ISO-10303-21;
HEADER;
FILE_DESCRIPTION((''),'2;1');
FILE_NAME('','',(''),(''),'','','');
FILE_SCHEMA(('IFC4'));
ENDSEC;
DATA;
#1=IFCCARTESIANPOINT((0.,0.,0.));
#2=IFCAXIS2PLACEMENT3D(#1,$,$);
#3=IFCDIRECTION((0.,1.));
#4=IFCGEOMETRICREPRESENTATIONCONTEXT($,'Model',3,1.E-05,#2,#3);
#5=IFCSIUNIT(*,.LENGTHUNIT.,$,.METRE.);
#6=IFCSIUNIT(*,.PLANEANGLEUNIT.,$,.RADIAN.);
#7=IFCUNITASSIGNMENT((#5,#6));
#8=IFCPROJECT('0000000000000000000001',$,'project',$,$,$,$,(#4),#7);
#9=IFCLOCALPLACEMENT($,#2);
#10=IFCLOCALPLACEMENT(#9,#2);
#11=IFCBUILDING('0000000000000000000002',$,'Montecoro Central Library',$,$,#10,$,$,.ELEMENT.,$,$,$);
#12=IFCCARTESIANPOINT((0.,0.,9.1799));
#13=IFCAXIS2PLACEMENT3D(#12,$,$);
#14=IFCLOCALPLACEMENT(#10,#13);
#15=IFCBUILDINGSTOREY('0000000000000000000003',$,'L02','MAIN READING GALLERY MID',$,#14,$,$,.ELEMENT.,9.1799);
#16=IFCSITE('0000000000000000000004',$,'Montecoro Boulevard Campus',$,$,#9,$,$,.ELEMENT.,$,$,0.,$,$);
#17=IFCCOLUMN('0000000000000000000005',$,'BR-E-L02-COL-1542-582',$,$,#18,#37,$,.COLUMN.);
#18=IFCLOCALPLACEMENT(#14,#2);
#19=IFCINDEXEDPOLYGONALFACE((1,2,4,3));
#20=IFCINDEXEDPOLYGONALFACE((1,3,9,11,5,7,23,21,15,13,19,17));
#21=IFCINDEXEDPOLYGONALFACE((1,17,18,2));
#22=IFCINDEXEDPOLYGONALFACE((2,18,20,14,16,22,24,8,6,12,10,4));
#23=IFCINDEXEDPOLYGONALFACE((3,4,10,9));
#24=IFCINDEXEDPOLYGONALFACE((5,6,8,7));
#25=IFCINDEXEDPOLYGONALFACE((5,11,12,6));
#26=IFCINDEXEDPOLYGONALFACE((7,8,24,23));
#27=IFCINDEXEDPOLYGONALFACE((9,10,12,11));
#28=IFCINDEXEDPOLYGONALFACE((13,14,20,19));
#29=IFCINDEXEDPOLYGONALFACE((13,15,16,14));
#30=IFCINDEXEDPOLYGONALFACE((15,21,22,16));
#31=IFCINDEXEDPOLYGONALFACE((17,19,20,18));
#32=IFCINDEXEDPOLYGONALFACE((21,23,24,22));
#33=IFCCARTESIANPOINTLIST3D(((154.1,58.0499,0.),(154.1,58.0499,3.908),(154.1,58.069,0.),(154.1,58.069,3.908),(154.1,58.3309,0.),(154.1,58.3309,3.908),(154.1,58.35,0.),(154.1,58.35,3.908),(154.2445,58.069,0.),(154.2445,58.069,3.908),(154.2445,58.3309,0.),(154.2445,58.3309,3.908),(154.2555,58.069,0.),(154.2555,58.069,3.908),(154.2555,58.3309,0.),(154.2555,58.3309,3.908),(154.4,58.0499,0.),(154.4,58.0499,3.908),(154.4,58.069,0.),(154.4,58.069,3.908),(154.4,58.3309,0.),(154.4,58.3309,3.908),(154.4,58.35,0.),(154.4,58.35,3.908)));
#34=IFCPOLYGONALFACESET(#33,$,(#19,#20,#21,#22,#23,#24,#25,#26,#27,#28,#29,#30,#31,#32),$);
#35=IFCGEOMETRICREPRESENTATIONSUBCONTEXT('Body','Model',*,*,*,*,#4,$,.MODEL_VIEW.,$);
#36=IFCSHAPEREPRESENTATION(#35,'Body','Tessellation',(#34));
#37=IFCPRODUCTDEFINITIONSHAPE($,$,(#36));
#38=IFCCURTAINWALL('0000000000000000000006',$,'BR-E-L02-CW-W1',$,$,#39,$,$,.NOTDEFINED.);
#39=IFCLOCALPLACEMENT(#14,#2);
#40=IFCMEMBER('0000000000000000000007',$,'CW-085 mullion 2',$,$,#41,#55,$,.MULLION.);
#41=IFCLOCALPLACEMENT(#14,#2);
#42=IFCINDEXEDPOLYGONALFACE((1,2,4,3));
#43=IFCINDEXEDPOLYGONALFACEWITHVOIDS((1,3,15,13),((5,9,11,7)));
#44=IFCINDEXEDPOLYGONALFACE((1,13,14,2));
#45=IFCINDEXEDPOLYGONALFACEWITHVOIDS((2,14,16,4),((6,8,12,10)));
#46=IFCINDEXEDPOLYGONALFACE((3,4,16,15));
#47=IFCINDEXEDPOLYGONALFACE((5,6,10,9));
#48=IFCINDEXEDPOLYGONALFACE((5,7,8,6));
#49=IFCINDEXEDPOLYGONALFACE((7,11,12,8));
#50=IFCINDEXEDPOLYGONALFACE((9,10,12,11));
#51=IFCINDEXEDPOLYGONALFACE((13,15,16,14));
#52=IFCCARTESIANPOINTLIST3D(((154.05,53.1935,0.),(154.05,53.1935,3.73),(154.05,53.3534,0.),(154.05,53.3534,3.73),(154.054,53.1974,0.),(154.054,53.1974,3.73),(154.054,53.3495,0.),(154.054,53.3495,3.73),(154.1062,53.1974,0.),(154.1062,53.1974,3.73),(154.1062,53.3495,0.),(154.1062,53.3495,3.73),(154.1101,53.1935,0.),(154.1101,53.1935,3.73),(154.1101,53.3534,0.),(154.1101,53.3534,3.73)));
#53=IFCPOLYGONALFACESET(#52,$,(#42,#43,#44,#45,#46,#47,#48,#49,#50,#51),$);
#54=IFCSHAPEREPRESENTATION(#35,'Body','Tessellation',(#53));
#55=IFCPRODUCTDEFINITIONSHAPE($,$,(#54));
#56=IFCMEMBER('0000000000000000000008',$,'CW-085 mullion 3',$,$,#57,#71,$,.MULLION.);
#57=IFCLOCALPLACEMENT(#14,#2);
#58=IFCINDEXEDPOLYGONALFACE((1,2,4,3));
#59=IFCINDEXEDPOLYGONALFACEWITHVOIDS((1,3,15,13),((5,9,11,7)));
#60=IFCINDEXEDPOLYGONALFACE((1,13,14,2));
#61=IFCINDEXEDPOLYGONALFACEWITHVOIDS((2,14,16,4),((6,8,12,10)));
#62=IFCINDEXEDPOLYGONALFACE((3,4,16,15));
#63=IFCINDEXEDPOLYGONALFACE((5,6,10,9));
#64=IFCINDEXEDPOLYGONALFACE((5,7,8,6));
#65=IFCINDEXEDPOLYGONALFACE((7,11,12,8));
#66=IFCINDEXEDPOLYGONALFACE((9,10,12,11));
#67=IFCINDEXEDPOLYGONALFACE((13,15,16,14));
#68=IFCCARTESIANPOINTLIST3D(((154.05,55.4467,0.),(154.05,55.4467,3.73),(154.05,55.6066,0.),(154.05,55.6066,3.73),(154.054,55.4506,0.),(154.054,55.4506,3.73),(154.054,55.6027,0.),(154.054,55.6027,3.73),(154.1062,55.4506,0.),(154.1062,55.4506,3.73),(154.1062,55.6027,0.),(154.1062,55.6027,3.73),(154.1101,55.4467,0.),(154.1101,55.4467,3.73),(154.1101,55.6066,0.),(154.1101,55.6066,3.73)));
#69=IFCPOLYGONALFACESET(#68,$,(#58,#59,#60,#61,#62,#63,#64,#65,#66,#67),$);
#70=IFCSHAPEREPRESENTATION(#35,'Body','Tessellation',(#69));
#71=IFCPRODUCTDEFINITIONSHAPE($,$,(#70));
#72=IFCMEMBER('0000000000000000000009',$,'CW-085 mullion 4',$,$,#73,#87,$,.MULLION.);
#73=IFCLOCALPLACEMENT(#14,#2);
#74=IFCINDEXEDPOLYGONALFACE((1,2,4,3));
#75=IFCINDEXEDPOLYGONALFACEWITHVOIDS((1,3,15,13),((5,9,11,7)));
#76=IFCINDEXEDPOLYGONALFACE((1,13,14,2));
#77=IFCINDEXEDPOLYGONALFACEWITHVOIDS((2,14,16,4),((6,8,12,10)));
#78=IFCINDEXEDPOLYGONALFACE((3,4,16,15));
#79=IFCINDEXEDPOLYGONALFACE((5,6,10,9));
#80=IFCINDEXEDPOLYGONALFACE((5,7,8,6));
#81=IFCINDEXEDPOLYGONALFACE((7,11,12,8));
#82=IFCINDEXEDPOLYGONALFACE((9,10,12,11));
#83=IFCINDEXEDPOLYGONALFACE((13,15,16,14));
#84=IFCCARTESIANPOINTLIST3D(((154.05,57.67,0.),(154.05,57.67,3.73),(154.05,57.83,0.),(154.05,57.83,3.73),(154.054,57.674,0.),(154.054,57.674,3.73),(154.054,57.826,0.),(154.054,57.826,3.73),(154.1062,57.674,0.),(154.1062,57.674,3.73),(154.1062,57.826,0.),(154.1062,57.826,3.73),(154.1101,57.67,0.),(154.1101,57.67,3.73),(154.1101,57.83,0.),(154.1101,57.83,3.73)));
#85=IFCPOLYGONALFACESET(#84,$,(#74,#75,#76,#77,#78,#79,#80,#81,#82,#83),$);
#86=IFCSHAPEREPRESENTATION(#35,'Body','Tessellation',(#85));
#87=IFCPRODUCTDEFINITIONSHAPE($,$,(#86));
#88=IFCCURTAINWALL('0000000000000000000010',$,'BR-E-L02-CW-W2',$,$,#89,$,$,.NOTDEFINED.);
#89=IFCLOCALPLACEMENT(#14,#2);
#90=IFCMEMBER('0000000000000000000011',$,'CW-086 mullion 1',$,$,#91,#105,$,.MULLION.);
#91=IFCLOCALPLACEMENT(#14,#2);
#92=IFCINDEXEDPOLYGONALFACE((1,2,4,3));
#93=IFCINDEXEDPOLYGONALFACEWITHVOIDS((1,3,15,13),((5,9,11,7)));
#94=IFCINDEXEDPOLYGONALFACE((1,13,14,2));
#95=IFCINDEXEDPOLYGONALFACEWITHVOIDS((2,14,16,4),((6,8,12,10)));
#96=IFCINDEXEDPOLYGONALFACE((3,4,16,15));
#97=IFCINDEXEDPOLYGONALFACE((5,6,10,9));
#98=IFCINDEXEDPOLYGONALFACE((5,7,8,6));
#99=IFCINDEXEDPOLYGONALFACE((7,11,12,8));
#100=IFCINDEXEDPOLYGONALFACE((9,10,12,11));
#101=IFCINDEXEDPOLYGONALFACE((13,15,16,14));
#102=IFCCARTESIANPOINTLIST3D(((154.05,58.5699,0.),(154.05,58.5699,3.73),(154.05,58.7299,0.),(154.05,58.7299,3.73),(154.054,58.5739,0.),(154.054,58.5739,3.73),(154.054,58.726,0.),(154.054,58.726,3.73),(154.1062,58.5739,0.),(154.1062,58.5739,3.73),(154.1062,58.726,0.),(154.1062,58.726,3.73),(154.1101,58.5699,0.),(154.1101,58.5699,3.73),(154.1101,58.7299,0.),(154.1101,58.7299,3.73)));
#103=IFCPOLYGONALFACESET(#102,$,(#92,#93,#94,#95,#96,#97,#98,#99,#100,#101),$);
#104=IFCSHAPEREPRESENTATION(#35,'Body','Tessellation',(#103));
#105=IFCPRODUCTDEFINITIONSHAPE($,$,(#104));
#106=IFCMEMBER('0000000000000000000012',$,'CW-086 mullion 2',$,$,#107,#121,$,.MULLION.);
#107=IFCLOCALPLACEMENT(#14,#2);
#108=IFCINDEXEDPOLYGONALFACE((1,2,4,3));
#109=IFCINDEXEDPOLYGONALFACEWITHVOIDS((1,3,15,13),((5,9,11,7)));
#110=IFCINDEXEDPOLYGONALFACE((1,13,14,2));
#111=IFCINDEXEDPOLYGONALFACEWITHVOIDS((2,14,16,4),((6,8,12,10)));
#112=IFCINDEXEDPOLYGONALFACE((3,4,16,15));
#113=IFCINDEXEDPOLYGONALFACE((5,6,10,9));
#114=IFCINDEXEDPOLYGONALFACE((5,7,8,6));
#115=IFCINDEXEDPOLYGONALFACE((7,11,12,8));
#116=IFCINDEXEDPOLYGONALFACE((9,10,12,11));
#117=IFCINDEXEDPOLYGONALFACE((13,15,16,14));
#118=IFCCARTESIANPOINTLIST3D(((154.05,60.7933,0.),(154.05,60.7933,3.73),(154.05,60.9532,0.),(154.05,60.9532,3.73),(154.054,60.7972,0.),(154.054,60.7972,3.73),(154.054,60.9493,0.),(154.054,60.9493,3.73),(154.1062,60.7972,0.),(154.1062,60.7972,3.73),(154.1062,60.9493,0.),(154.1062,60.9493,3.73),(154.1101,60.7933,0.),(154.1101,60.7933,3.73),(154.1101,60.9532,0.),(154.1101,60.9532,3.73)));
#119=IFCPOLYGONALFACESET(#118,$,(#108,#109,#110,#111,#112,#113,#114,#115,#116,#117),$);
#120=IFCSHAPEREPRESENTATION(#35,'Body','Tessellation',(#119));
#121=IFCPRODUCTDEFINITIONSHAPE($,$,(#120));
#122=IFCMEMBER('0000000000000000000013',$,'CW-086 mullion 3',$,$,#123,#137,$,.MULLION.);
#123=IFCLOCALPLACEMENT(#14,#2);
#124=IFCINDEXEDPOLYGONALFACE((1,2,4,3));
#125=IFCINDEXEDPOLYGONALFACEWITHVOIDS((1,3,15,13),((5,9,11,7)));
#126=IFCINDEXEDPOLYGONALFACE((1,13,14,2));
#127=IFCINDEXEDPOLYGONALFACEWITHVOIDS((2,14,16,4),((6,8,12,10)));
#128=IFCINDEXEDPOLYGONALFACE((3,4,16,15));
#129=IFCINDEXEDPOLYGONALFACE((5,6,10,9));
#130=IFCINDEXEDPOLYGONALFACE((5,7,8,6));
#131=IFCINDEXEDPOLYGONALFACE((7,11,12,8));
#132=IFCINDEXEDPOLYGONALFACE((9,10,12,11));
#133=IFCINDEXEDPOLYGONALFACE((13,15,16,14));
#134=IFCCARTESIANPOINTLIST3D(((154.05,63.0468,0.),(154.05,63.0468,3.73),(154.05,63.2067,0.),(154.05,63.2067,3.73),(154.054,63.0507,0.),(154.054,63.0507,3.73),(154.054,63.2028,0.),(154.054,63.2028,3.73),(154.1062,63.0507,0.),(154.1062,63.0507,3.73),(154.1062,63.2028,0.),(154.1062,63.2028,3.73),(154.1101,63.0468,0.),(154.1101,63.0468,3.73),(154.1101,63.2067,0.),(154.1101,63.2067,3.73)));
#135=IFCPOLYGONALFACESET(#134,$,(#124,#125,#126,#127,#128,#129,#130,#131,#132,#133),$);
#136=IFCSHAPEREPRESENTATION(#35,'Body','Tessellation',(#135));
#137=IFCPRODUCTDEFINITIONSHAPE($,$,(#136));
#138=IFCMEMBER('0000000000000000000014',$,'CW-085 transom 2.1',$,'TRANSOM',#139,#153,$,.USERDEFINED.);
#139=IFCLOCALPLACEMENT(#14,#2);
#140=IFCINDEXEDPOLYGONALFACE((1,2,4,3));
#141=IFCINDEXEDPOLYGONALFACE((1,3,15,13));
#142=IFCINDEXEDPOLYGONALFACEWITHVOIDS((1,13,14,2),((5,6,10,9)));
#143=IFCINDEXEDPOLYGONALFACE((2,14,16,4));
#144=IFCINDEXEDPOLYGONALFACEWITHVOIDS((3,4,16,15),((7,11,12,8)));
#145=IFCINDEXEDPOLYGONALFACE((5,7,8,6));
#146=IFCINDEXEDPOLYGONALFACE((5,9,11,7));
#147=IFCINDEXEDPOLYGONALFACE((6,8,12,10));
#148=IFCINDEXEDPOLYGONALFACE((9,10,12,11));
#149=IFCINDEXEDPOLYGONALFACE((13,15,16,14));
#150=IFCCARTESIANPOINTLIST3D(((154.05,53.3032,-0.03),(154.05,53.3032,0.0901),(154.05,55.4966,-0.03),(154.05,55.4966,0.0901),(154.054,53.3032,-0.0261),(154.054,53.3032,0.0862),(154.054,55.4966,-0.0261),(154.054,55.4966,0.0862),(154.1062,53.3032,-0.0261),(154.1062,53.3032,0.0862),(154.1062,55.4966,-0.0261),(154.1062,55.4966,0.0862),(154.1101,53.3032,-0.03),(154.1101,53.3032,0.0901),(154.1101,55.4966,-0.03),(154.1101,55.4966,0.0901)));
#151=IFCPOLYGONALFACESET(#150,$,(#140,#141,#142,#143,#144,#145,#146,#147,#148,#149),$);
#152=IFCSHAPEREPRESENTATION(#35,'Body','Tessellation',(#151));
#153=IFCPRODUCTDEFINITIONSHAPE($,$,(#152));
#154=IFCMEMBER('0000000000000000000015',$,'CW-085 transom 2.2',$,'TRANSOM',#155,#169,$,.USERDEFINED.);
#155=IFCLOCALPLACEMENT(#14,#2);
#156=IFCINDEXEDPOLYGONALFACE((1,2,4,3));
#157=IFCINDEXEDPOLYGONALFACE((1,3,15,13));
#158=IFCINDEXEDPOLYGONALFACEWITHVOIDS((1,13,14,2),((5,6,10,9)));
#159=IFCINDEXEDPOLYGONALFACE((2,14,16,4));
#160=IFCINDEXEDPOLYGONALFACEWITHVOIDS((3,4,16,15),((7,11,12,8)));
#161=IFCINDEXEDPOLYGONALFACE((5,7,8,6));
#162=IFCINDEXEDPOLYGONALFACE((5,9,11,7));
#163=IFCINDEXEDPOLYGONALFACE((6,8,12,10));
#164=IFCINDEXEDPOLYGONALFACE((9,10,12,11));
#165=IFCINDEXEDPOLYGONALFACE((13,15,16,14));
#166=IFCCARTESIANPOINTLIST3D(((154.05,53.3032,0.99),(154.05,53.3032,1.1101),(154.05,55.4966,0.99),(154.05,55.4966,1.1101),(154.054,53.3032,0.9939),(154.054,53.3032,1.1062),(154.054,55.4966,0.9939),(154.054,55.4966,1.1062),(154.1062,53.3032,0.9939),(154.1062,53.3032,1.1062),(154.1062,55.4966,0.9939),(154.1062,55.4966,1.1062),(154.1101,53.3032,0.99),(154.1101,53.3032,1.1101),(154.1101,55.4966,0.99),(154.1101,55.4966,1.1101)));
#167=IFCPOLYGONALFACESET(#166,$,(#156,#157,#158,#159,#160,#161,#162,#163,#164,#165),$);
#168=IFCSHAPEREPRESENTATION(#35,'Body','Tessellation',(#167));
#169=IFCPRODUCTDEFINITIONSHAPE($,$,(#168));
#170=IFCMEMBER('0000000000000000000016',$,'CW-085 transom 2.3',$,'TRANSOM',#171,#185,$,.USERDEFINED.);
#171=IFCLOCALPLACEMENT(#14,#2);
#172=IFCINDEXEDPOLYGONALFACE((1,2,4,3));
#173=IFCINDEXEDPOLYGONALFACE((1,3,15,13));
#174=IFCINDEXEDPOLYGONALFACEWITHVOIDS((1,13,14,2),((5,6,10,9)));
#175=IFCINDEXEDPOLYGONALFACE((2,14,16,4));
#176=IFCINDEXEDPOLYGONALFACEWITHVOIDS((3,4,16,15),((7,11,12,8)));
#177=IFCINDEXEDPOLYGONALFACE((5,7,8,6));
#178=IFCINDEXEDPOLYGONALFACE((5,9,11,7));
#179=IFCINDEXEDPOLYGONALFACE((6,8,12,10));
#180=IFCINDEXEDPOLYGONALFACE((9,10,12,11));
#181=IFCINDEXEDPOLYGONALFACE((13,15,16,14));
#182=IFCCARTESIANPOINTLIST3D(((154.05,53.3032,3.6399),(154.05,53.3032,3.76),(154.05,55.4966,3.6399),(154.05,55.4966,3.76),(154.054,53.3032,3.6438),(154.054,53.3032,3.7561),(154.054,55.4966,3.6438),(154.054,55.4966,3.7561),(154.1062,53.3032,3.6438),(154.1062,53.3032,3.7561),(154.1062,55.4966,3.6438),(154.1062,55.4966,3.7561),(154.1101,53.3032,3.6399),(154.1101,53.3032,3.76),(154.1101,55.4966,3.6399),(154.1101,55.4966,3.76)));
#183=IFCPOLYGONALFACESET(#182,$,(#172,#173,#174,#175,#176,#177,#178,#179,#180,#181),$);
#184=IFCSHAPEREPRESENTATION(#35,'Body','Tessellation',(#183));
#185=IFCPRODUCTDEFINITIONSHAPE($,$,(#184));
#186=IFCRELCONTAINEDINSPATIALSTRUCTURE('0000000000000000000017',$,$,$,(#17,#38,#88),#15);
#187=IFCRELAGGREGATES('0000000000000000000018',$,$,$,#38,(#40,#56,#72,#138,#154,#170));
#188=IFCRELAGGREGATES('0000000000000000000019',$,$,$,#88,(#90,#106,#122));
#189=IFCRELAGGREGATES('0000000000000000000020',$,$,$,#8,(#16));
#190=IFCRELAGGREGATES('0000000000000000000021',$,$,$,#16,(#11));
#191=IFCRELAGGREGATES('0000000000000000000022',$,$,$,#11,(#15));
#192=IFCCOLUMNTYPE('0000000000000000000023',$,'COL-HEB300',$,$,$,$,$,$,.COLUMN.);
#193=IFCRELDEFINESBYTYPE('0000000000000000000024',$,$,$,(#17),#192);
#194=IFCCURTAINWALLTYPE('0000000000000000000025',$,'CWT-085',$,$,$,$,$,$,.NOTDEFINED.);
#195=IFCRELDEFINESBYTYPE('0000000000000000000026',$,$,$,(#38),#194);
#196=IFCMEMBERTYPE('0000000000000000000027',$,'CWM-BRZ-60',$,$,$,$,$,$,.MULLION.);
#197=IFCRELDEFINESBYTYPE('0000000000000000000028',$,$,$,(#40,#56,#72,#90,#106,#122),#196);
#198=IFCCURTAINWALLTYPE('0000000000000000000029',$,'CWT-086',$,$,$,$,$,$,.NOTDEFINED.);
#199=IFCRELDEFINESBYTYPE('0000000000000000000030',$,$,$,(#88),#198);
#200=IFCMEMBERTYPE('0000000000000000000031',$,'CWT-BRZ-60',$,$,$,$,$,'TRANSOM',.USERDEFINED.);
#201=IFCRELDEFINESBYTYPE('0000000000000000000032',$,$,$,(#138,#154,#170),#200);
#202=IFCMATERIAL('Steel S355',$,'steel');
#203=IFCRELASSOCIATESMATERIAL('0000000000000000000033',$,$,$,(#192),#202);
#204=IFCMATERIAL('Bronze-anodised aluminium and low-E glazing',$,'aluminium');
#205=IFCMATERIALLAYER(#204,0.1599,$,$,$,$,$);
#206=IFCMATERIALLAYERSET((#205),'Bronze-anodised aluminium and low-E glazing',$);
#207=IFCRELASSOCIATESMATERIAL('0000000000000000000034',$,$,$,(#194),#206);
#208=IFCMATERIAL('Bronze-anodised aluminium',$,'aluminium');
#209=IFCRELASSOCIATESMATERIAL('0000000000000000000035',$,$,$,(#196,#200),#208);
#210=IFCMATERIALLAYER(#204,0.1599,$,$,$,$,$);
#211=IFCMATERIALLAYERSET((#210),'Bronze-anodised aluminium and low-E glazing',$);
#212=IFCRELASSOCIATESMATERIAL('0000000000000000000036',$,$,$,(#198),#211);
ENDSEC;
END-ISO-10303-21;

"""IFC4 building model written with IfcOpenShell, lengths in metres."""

from ifc_helpers import new_model, si_unit, direction, frame, origin, origin_2d, place, context, subcontext, project, spatial, hollow_rectangle, i_section, extrude, material, layer, layer_set, material_profile, profile_set, type_object, element, aggregate, save


model = new_model("IFC4")

# Units and contexts
model_context = context("Model", 3, precision=1e-05, world=origin(), true_north=direction((0.0, 1.0)))
body_context = subcontext(model_context, "Body", "Model", "MODEL_VIEW")
ifc_project = project(units=[si_unit("LENGTHUNIT", "METRE"), si_unit("PLANEANGLEUNIT", "RADIAN")], contexts=[model_context])

# Site, building, storey
site_placement = place(None, origin())
site = spatial("IfcSite", under=ifc_project, at=site_placement, Name="Montecoro Boulevard Campus", CompositionType="ELEMENT", RefElevation=0.0)
building_placement = place(site_placement, origin())
building = spatial("IfcBuilding", under=site, at=building_placement, Name="Montecoro Central Library", CompositionType="ELEMENT")
storey_placement = place(building_placement, frame((0.0, 0.0, 9.1799)))
storey = spatial("IfcBuildingStorey", under=building, at=storey_placement, Name="L02", Description="MAIN READING GALLERY MID", CompositionType="ELEMENT", Elevation=9.1799)

# Column
ifc_material_1 = material(Name="Steel S355", Category="steel")
ifc_material_profile_1 = material_profile(ifc_material_1, i_section(OverallWidth=0.3, OverallDepth=0.3, WebThickness=0.011, FlangeThickness=0.019, at=origin_2d()), Name="HEB 300")
ifc_profile_set_1 = profile_set([ifc_material_profile_1], Name="Steel S355")
column_type = type_object("IfcColumnType", Name="COL-HEB300", PredefinedType="COLUMN", material=ifc_profile_set_1)
column_placement = place(storey_placement, frame((154.25, 58.2, 0.0), z_axis=(0.0, 0.0, 1.0), x_axis=(1.0, 0.0, 0.0)))
element("IfcColumn", 1, at=column_placement, inside=storey, type_object=column_type, Name="BR-E-L02-COL-1542-582", PredefinedType="COLUMN", context=body_context, shape_type="SweptSolid", body=[
    extrude(i_section(OverallWidth=0.3, OverallDepth=0.3, WebThickness=0.011, FlangeThickness=0.019, at=origin_2d()), origin(), (0.0, 0.0, 1.0), 3.908),
])

# Curtain walls, members
ifc_material_2 = material(Name="Bronze-anodised aluminium and low-E glazing", Category="aluminium")
ifc_layer_1 = layer(ifc_material_2, 0.1599)
ifc_layer_set_1 = layer_set([ifc_layer_1], Name="Bronze-anodised aluminium and low-E glazing")
curtain_wall_type_1 = type_object("IfcCurtainWallType", Name="CWT-085", PredefinedType="NOTDEFINED", material=ifc_layer_set_1)
curtain_wall_1_placement = place(storey_placement, origin())
curtain_wall_1 = element("IfcCurtainWall", 2, at=curtain_wall_1_placement, inside=storey, type_object=curtain_wall_type_1, Name="BR-E-L02-CW-W1", PredefinedType="NOTDEFINED")
ifc_material_3 = material(Name="Bronze-anodised aluminium", Category="aluminium")
ifc_material_profile_2 = material_profile(ifc_material_3, hollow_rectangle(XDim=0.0601, YDim=0.1599, WallThickness=0.0039, at=origin_2d()), Name="CWM 160x60x4.0")
ifc_profile_set_2 = profile_set([ifc_material_profile_2], Name="Bronze-anodised aluminium")
member_type_1 = type_object("IfcMemberType", Name="CWM-BRZ-60", PredefinedType="MULLION", material=ifc_profile_set_2)
member_1_placement = place(storey_placement, frame((154.0801, 53.2734, 0.0), z_axis=(0.0, 0.0, 1.0), x_axis=(-1.0, 0.0, 0.0)))
member_1 = element("IfcMember", 3, at=member_1_placement, type_object=member_type_1, Name="CW-085 mullion 2", PredefinedType="MULLION", context=body_context, shape_type="SweptSolid", body=[
    extrude(hollow_rectangle(XDim=0.0601, YDim=0.1599, WallThickness=0.0039, at=origin_2d()), origin(), (0.0, 0.0, 1.0), 3.73),
])
member_2_placement = place(storey_placement, frame((154.0801, 55.5266, 0.0), z_axis=(0.0, 0.0, 1.0), x_axis=(-1.0, 0.0, 0.0)))
member_2 = element("IfcMember", 4, at=member_2_placement, type_object=member_type_1, Name="CW-085 mullion 3", PredefinedType="MULLION", context=body_context, shape_type="SweptSolid", body=[
    extrude(hollow_rectangle(XDim=0.0601, YDim=0.1599, WallThickness=0.0039, at=origin_2d()), origin(), (0.0, 0.0, 1.0), 3.73),
])
member_3_placement = place(storey_placement, frame((154.0801, 57.75, 0.0), z_axis=(0.0, 0.0, 1.0), x_axis=(-1.0, 0.0, 0.0)))
member_3 = element("IfcMember", 5, at=member_3_placement, type_object=member_type_1, Name="CW-085 mullion 4", PredefinedType="MULLION", context=body_context, shape_type="SweptSolid", body=[
    extrude(hollow_rectangle(XDim=0.0601, YDim=0.1599, WallThickness=0.0039, at=origin_2d()), origin(), (0.0, 0.0, 1.0), 3.73),
])
ifc_layer_2 = layer(ifc_material_2, 0.1599)
ifc_layer_set_2 = layer_set([ifc_layer_2], Name="Bronze-anodised aluminium and low-E glazing")
curtain_wall_type_2 = type_object("IfcCurtainWallType", Name="CWT-086", PredefinedType="NOTDEFINED", material=ifc_layer_set_2)
curtain_wall_2_placement = place(storey_placement, origin())
curtain_wall_2 = element("IfcCurtainWall", 6, at=curtain_wall_2_placement, inside=storey, type_object=curtain_wall_type_2, Name="BR-E-L02-CW-W2", PredefinedType="NOTDEFINED")
member_4_placement = place(storey_placement, frame((154.0801, 58.6499, 0.0), z_axis=(0.0, 0.0, 1.0), x_axis=(-1.0, 0.0, 0.0)))
member_4 = element("IfcMember", 7, at=member_4_placement, type_object=member_type_1, Name="CW-086 mullion 1", PredefinedType="MULLION", context=body_context, shape_type="SweptSolid", body=[
    extrude(hollow_rectangle(XDim=0.0601, YDim=0.1599, WallThickness=0.0039, at=origin_2d()), origin(), (0.0, 0.0, 1.0), 3.73),
])
member_5_placement = place(storey_placement, frame((154.0801, 60.8733, 0.0), z_axis=(0.0, 0.0, 1.0), x_axis=(-1.0, 0.0, 0.0)))
member_5 = element("IfcMember", 8, at=member_5_placement, type_object=member_type_1, Name="CW-086 mullion 2", PredefinedType="MULLION", context=body_context, shape_type="SweptSolid", body=[
    extrude(hollow_rectangle(XDim=0.0601, YDim=0.1599, WallThickness=0.0039, at=origin_2d()), origin(), (0.0, 0.0, 1.0), 3.73),
])
member_6_placement = place(storey_placement, frame((154.0801, 63.1267, 0.0), z_axis=(0.0, 0.0, 1.0), x_axis=(-1.0, 0.0, 0.0)))
member_6 = element("IfcMember", 9, at=member_6_placement, type_object=member_type_1, Name="CW-086 mullion 3", PredefinedType="MULLION", context=body_context, shape_type="SweptSolid", body=[
    extrude(hollow_rectangle(XDim=0.0601, YDim=0.1599, WallThickness=0.0039, at=origin_2d()), origin(), (0.0, 0.0, 1.0), 3.73),
])

# Members
ifc_material_profile_3 = material_profile(ifc_material_3, hollow_rectangle(XDim=0.0601, YDim=0.1201, WallThickness=0.0039, at=origin_2d()), Name="CWT 120x60x4.0")
ifc_profile_set_3 = profile_set([ifc_material_profile_3], Name="Bronze-anodised aluminium")
member_type_2 = type_object("IfcMemberType", Name="CWT-BRZ-60", ElementType="TRANSOM", PredefinedType="USERDEFINED", material=ifc_profile_set_3)
member_7_placement = place(storey_placement, frame((154.0801, 53.3032, 0.03), z_axis=(0.0, 1.0, 0.0), x_axis=(-1.0, 0.0, 0.0)))
member_7 = element("IfcMember", 10, at=member_7_placement, type_object=member_type_2, Name="CW-085 transom 2.1", ObjectType="TRANSOM", PredefinedType="USERDEFINED", context=body_context, shape_type="SweptSolid", body=[
    extrude(hollow_rectangle(XDim=0.0601, YDim=0.1201, WallThickness=0.0039, at=origin_2d()), origin(), (0.0, 0.0, 1.0), 2.1934),
])
member_8_placement = place(storey_placement, frame((154.0801, 53.3032, 1.05), z_axis=(0.0, 1.0, 0.0), x_axis=(-1.0, 0.0, 0.0)))
member_8 = element("IfcMember", 11, at=member_8_placement, type_object=member_type_2, Name="CW-085 transom 2.2", ObjectType="TRANSOM", PredefinedType="USERDEFINED", context=body_context, shape_type="SweptSolid", body=[
    extrude(hollow_rectangle(XDim=0.0601, YDim=0.1201, WallThickness=0.0039, at=origin_2d()), origin(), (0.0, 0.0, 1.0), 2.1934),
])
member_9_placement = place(storey_placement, frame((154.0801, 53.3032, 3.7), z_axis=(0.0, 1.0, 0.0), x_axis=(-1.0, 0.0, 0.0)))
member_9 = element("IfcMember", 12, at=member_9_placement, type_object=member_type_2, Name="CW-085 transom 2.3", ObjectType="TRANSOM", PredefinedType="USERDEFINED", context=body_context, shape_type="SweptSolid", body=[
    extrude(hollow_rectangle(XDim=0.0601, YDim=0.1201, WallThickness=0.0039, at=origin_2d()), origin(), (0.0, 0.0, 1.0), 2.1934),
])

aggregate(curtain_wall_1, [member_1, member_2, member_3, member_7, member_8, member_9])
aggregate(curtain_wall_2, [member_4, member_5, member_6])

save(model, "model.ifc")
